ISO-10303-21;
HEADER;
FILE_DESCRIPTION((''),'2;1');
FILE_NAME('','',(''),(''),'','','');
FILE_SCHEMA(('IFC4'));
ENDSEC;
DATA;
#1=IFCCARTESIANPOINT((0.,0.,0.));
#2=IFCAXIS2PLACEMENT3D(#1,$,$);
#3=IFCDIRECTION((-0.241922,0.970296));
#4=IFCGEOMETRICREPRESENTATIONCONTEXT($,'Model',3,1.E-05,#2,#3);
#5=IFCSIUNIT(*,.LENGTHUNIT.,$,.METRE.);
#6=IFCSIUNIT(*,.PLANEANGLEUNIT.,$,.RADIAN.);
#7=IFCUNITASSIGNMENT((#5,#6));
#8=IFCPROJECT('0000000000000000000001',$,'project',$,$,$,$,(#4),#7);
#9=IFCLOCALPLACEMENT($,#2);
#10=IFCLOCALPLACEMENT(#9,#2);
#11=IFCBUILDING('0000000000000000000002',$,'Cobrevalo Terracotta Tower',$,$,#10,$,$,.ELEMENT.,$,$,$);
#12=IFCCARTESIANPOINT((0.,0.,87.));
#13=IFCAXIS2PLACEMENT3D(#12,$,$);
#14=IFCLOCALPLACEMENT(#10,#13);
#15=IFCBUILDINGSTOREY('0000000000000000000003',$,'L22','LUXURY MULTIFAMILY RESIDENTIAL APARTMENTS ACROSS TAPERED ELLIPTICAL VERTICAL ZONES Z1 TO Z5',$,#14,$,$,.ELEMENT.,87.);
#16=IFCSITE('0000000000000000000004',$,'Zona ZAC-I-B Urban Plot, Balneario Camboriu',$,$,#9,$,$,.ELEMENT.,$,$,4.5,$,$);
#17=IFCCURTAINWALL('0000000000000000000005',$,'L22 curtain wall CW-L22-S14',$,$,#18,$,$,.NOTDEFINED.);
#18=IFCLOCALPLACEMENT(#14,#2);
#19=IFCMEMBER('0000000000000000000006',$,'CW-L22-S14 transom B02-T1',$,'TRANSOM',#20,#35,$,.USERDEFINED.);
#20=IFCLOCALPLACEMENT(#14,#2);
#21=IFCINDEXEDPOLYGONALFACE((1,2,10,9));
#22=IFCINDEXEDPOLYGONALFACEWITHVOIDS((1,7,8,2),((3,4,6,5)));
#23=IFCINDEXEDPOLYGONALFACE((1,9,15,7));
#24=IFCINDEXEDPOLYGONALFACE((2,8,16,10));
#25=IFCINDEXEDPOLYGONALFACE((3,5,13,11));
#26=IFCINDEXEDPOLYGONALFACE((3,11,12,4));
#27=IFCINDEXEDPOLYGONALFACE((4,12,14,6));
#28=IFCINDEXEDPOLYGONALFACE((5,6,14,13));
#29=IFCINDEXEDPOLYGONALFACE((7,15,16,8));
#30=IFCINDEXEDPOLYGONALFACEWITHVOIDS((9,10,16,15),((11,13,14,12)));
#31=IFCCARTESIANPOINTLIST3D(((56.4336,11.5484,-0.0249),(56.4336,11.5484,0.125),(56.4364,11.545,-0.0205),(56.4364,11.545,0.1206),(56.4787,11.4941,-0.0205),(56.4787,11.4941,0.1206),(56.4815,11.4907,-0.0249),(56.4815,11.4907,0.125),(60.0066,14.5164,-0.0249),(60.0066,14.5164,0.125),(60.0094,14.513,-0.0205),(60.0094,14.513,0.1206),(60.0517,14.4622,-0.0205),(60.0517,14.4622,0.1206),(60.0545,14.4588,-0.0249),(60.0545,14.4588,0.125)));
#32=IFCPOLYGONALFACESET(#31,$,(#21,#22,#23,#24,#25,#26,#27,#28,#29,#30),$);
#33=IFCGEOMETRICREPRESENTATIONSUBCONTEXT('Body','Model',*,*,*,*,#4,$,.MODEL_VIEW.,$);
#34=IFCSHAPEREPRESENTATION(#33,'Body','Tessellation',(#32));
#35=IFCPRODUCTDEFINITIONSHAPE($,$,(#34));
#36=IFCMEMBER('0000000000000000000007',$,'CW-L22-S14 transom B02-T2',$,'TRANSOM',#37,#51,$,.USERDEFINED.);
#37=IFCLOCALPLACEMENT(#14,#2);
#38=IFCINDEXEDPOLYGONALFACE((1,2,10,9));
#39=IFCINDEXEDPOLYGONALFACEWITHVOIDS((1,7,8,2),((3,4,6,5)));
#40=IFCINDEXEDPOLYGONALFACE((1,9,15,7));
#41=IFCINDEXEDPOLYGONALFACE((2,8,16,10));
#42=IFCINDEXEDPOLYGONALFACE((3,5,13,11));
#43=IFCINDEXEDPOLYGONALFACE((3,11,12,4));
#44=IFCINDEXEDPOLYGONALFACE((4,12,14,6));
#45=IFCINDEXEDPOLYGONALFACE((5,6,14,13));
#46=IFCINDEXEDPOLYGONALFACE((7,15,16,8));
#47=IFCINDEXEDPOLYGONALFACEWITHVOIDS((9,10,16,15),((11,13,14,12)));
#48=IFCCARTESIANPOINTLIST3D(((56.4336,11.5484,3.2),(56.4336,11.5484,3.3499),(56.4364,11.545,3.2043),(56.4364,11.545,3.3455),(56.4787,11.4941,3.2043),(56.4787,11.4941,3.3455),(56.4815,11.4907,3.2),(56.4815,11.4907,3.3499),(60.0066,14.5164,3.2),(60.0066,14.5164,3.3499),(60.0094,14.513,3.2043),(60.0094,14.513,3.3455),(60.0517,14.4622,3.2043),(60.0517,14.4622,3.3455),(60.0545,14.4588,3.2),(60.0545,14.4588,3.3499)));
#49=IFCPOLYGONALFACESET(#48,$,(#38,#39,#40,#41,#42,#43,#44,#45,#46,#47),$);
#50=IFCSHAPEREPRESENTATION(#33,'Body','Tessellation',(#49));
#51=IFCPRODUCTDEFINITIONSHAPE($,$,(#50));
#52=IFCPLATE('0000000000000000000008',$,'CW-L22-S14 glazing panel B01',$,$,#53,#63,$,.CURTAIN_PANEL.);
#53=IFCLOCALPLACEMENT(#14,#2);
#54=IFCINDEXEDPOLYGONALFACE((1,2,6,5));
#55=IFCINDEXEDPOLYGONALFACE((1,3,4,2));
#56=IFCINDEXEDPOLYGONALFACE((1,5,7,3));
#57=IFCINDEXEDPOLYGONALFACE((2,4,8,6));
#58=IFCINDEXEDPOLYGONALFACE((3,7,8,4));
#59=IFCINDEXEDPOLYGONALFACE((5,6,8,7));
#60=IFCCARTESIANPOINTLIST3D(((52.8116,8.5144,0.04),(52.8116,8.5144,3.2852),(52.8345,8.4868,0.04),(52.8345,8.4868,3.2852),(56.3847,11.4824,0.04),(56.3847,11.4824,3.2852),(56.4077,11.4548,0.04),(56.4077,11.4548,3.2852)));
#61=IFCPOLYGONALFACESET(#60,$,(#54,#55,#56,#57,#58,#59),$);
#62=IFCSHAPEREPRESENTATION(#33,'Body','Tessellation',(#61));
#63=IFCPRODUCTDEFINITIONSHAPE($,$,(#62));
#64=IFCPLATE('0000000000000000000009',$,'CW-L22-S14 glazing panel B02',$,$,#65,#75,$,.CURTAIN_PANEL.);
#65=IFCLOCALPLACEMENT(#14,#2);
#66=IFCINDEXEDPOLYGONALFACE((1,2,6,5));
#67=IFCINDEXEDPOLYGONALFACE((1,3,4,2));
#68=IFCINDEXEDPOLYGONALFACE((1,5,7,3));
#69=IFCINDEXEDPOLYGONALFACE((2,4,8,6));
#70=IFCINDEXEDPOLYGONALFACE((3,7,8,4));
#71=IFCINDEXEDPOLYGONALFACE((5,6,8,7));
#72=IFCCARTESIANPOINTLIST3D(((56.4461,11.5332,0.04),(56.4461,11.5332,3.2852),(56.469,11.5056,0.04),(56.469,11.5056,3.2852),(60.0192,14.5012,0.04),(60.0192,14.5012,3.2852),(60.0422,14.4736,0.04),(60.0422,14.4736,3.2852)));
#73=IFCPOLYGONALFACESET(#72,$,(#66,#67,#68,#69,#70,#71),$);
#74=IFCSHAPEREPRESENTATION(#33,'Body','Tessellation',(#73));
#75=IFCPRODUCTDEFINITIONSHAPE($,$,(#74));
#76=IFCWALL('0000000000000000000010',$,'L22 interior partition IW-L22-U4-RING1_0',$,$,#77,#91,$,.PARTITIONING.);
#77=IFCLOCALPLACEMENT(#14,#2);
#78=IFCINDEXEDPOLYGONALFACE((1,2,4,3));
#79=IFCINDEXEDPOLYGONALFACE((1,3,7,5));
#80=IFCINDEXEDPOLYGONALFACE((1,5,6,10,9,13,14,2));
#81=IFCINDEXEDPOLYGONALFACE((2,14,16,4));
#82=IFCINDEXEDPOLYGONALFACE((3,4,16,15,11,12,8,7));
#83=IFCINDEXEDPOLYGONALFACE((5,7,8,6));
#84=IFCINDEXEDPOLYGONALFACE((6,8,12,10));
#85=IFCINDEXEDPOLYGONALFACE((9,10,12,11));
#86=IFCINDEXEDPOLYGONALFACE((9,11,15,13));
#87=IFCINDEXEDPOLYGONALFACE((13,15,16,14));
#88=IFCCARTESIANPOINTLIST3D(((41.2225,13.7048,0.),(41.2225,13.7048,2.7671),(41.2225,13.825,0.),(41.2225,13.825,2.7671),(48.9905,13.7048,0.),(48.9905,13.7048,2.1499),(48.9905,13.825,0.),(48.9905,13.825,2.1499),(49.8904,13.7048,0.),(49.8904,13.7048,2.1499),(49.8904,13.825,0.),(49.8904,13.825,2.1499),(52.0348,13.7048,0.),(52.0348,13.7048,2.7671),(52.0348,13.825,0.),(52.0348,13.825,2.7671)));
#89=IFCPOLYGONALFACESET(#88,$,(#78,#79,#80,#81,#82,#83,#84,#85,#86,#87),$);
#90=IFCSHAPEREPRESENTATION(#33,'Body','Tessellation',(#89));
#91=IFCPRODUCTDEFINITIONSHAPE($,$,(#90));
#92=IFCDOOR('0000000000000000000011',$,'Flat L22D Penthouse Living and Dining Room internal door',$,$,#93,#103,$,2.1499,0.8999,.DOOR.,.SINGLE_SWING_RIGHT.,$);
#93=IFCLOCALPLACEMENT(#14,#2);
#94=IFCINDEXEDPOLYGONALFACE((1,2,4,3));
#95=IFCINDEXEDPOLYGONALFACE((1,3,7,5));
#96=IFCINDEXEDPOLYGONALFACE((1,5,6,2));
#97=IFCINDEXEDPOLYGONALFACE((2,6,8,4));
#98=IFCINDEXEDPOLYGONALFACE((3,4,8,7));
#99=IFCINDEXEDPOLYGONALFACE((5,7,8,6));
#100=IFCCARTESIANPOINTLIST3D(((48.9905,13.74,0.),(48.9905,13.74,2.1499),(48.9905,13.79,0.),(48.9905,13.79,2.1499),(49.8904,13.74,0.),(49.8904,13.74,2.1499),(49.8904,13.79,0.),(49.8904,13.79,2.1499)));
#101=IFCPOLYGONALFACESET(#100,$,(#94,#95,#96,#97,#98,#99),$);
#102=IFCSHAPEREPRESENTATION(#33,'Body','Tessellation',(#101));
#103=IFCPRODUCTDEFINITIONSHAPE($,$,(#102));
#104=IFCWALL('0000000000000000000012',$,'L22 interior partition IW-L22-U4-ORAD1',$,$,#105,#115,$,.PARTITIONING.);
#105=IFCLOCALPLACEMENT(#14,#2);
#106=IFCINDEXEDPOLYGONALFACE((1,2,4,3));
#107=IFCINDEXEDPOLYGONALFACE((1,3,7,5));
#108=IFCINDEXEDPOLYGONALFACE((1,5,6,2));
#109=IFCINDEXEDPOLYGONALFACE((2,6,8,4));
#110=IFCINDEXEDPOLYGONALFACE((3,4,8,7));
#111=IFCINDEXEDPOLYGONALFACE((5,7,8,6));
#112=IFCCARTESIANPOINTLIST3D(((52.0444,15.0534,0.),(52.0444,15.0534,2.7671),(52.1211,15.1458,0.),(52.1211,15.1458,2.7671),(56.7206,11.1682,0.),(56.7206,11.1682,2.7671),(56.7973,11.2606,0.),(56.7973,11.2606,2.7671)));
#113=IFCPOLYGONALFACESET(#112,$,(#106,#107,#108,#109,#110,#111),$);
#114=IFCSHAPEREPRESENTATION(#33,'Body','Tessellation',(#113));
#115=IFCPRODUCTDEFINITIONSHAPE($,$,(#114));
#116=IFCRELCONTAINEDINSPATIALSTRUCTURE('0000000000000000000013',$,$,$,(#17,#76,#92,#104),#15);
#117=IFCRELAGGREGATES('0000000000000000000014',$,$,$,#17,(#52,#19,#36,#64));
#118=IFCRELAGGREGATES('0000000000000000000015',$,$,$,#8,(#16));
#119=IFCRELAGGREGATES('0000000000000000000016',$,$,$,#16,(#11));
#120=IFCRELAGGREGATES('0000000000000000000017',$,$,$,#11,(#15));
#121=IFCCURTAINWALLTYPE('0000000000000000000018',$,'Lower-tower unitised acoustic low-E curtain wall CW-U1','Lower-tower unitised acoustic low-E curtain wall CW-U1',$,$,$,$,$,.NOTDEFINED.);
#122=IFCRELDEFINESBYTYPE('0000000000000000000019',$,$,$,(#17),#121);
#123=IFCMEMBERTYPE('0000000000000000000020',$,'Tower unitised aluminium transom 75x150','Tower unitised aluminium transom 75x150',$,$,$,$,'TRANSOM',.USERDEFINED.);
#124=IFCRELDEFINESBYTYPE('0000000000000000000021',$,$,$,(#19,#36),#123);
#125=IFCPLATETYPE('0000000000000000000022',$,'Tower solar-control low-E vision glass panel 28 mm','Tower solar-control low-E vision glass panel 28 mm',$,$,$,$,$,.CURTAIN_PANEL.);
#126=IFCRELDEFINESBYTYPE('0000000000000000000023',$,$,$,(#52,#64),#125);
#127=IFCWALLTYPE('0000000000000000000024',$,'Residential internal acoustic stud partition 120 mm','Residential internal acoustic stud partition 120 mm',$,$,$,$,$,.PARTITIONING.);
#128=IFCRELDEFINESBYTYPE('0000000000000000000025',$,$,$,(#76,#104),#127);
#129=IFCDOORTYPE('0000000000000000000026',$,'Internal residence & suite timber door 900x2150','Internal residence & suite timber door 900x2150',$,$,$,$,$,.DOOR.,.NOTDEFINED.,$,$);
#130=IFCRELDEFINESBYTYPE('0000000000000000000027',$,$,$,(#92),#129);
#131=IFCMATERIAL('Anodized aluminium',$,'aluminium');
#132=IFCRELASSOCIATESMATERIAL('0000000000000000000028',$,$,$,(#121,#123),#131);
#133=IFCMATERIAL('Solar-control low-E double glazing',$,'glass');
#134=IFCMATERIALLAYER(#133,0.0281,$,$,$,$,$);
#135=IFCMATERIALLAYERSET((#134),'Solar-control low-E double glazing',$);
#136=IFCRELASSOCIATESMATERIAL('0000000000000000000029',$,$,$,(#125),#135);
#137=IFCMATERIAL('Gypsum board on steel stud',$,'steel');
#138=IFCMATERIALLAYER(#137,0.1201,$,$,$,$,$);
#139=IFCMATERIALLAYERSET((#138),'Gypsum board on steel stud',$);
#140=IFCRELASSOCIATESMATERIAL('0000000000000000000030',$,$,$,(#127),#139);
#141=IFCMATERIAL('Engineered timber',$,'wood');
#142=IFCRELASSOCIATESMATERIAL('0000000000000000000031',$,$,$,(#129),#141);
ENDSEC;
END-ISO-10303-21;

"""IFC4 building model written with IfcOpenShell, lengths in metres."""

from ifc_helpers import new_model, si_unit, direction, frame, frame_2d, origin, origin_2d, place, context, subcontext, project, spatial, rectangle, hollow_rectangle, extrude, source, transform, mapped, material, layer, layer_set, material_profile, profile_set, type_object, element, fill, aggregate, save


model = new_model("IFC4")

# Units and contexts
model_context = context("Model", 3, precision=1e-05, world=origin(), true_north=direction((-0.241922, 0.970296)))
body_context = subcontext(model_context, "Body", "Model", "MODEL_VIEW")
ifc_project = project(units=[si_unit("LENGTHUNIT", "METRE"), si_unit("PLANEANGLEUNIT", "RADIAN")], contexts=[model_context])

# Site, building, storey
site_placement = place(None, origin())
site = spatial("IfcSite", under=ifc_project, at=site_placement, Name="Zona ZAC-I-B Urban Plot, Balneario Camboriu", CompositionType="ELEMENT", RefElevation=4.5)
building_placement = place(site_placement, origin())
building = spatial("IfcBuilding", under=site, at=building_placement, Name="Cobrevalo Terracotta Tower", CompositionType="ELEMENT")
storey_placement = place(building_placement, frame((0.0, 0.0, 87.0)))
storey = spatial("IfcBuildingStorey", under=building, at=storey_placement, Name="L22", Description="LUXURY MULTIFAMILY RESIDENTIAL APARTMENTS ACROSS TAPERED ELLIPTICAL VERTICAL ZONES Z1 TO Z5", CompositionType="ELEMENT", Elevation=87.0)

# Curtain wall
ifc_material_1 = material(Name="Anodized aluminium", Category="aluminium")
curtain_wall_type = type_object("IfcCurtainWallType", Name="Lower-tower unitised acoustic low-E curtain wall CW-U1", Description="Lower-tower unitised acoustic low-E curtain wall CW-U1", PredefinedType="NOTDEFINED", material=ifc_material_1)
curtain_wall_1_placement = place(storey_placement, origin())
curtain_wall_1 = element("IfcCurtainWall", 1, at=curtain_wall_1_placement, inside=storey, type_object=curtain_wall_type, Name="L22 curtain wall CW-L22-S14", PredefinedType="NOTDEFINED")
ifc_material_profile_1 = material_profile(ifc_material_1, hollow_rectangle(XDim=0.075, YDim=0.1499, WallThickness=0.0044, at=origin_2d()), Name="CWT 75x150")
ifc_profile_set_1 = profile_set([ifc_material_profile_1], Name="Anodized aluminium")
member_type_1 = type_object("IfcMemberType", Name="Tower unitised aluminium transom 75x150", Description="Tower unitised aluminium transom 75x150", ElementType="TRANSOM", PredefinedType="USERDEFINED", material=ifc_profile_set_1)

# Members
shared_shape_1 = source(origin(), body_context, "Body", "SweptSolid", [
    extrude(hollow_rectangle(XDim=0.075, YDim=0.1499, WallThickness=0.0044, at=origin_2d()), origin(), (0.0, 0.0, 1.0), 4.645),
])
member_1_placement = place(storey_placement, frame((56.4575, 11.5195, 0.05), z_axis=(0.769224, 0.638979, 0.0), x_axis=(-0.638979, 0.769224, 0.0)))
member_1 = element("IfcMember", 2, at=member_1_placement, type_object=member_type_1, Name="CW-L22-S14 transom B02-T1", ObjectType="TRANSOM", PredefinedType="USERDEFINED", context=body_context, shape_type="MappedRepresentation", body=[
    mapped(shared_shape_1, transform((0.0, 0.0, 0.0), scale=1.0)),
])
member_2_placement = place(storey_placement, frame((56.4575, 11.5195, 3.2749), z_axis=(0.769224, 0.638979, 0.0), x_axis=(-0.638979, 0.769224, 0.0)))
member_2 = element("IfcMember", 3, at=member_2_placement, type_object=member_type_1, Name="CW-L22-S14 transom B02-T2", ObjectType="TRANSOM", PredefinedType="USERDEFINED", context=body_context, shape_type="MappedRepresentation", body=[
    mapped(shared_shape_1, transform((0.0, 0.0, 0.0), scale=1.0)),
])

# Plates
ifc_material_2 = material(Name="Solar-control low-E double glazing", Category="glass")
ifc_layer_1 = layer(ifc_material_2, 0.0281)
ifc_layer_set_1 = layer_set([ifc_layer_1], Name="Solar-control low-E double glazing")
plate_type = type_object("IfcPlateType", Name="Tower solar-control low-E vision glass panel 28 mm", Description="Tower solar-control low-E vision glass panel 28 mm", PredefinedType="CURTAIN_PANEL", material=ifc_layer_set_1)
shared_shape_2 = source(origin(), body_context, "Body", "SweptSolid", [
    extrude(rectangle(XDim=4.645, YDim=0.0359, at=origin_2d()), origin(), (0.0, 0.0, 1.0), 3.2451),
])
plate_1_placement = place(storey_placement, frame((54.6096, 9.9846, 0.04), z_axis=(0.0, 0.0, 1.0), x_axis=(0.769241, 0.638958, 0.0)))
plate_1 = element("IfcPlate", 4, at=plate_1_placement, type_object=plate_type, Name="CW-L22-S14 glazing panel B01", PredefinedType="CURTAIN_PANEL", context=body_context, shape_type="MappedRepresentation", body=[
    mapped(shared_shape_2, transform((0.0, 0.0, 0.0), scale=1.0)),
])
plate_2_placement = place(storey_placement, frame((58.2441, 13.0034, 0.04), z_axis=(0.0, 0.0, 1.0), x_axis=(0.769241, 0.638958, 0.0)))
plate_2 = element("IfcPlate", 5, at=plate_2_placement, type_object=plate_type, Name="CW-L22-S14 glazing panel B02", PredefinedType="CURTAIN_PANEL", context=body_context, shape_type="MappedRepresentation", body=[
    mapped(shared_shape_2, transform((0.0, 0.0, 0.0), scale=1.0)),
])
aggregate(curtain_wall_1, [plate_1, member_1, member_2, plate_2])

# Wall, opening, door
ifc_material_3 = material(Name="Gypsum board on steel stud", Category="steel")
ifc_layer_2 = layer(ifc_material_3, 0.1201)
ifc_layer_set_2 = layer_set([ifc_layer_2], Name="Gypsum board on steel stud")
wall_type = type_object("IfcWallType", Name="Residential internal acoustic stud partition 120 mm", Description="Residential internal acoustic stud partition 120 mm", PredefinedType="PARTITIONING", material=ifc_layer_set_2)
wall_1_placement = place(storey_placement, frame((52.0349, 13.7649, 0.0), z_axis=(0.0, 0.0, 1.0), x_axis=(-1.0, 0.0, 0.0)))
wall_1 = element("IfcWall", 6, at=wall_1_placement, inside=storey, type_object=wall_type, Name="L22 interior partition IW-L22-U4-RING1_0", PredefinedType="PARTITIONING", context=body_context, shape_type="SweptSolid", body=[
    extrude(rectangle(XDim=10.8123, YDim=0.1201, at=frame_2d((5.4062, 0.0))), origin(), (0.0, 0.0, 1.0), 2.7671),
])
opening_placement = place(wall_1_placement, frame((2.1445, 0.0, 0.0)))
opening = element("IfcOpeningElement", 7, at=opening_placement, cuts=wall_1, PredefinedType="OPENING", context=body_context, shape_type="SweptSolid", body=[
    extrude(rectangle(XDim=0.8999, YDim=2.1499, at=frame_2d((0.45, 1.075))), frame((0.0, 0.0701, 0.0), z_axis=(0.0, -1.0, 0.0), x_axis=(1.0, 0.0, 0.0)), (0.0, 0.0, 1.0), 0.1401),
])
ifc_material_4 = material(Name="Engineered timber", Category="wood")
door_type = type_object("IfcDoorType", Name="Internal residence & suite timber door 900x2150", Description="Internal residence & suite timber door 900x2150", OperationType="NOTDEFINED", PredefinedType="DOOR", material=ifc_material_4)
shared_shape_3 = source(origin(), body_context, "Body", "SweptSolid", [
    extrude(rectangle(XDim=0.8999, YDim=2.1499, at=frame_2d((0.45, 1.075))), frame((0.0, 0.0249, 0.0), z_axis=(0.0, -1.0, 0.0), x_axis=(1.0, 0.0, 0.0)), (0.0, 0.0, 1.0), 0.05),
])
door_placement = place(opening_placement, origin())
door = element("IfcDoor", 8, at=door_placement, inside=storey, type_object=door_type, Name="Flat L22D Penthouse Living and Dining Room internal door", OperationType="SINGLE_SWING_RIGHT", OverallHeight=2.1499, OverallWidth=0.8999, PredefinedType="DOOR", context=body_context, shape_type="MappedRepresentation", body=[
    mapped(shared_shape_3, transform((0.0, 0.0, 0.0), scale=1.0)),
])
fill(opening, door)

# Wall
wall_2_placement = place(storey_placement, frame((52.0828, 15.0996, 0.0), z_axis=(0.0, 0.0, 1.0), x_axis=(0.769162, -0.639054, 0.0)))
element("IfcWall", 9, at=wall_2_placement, inside=storey, type_object=wall_type, Name="L22 interior partition IW-L22-U4-ORAD1", PredefinedType="PARTITIONING", context=body_context, shape_type="SweptSolid", body=[
    extrude(rectangle(XDim=6.0796, YDim=0.1201, at=frame_2d((3.0398, 0.0))), origin(), (0.0, 0.0, 1.0), 2.7671),
])

save(model, "model.ifc")
